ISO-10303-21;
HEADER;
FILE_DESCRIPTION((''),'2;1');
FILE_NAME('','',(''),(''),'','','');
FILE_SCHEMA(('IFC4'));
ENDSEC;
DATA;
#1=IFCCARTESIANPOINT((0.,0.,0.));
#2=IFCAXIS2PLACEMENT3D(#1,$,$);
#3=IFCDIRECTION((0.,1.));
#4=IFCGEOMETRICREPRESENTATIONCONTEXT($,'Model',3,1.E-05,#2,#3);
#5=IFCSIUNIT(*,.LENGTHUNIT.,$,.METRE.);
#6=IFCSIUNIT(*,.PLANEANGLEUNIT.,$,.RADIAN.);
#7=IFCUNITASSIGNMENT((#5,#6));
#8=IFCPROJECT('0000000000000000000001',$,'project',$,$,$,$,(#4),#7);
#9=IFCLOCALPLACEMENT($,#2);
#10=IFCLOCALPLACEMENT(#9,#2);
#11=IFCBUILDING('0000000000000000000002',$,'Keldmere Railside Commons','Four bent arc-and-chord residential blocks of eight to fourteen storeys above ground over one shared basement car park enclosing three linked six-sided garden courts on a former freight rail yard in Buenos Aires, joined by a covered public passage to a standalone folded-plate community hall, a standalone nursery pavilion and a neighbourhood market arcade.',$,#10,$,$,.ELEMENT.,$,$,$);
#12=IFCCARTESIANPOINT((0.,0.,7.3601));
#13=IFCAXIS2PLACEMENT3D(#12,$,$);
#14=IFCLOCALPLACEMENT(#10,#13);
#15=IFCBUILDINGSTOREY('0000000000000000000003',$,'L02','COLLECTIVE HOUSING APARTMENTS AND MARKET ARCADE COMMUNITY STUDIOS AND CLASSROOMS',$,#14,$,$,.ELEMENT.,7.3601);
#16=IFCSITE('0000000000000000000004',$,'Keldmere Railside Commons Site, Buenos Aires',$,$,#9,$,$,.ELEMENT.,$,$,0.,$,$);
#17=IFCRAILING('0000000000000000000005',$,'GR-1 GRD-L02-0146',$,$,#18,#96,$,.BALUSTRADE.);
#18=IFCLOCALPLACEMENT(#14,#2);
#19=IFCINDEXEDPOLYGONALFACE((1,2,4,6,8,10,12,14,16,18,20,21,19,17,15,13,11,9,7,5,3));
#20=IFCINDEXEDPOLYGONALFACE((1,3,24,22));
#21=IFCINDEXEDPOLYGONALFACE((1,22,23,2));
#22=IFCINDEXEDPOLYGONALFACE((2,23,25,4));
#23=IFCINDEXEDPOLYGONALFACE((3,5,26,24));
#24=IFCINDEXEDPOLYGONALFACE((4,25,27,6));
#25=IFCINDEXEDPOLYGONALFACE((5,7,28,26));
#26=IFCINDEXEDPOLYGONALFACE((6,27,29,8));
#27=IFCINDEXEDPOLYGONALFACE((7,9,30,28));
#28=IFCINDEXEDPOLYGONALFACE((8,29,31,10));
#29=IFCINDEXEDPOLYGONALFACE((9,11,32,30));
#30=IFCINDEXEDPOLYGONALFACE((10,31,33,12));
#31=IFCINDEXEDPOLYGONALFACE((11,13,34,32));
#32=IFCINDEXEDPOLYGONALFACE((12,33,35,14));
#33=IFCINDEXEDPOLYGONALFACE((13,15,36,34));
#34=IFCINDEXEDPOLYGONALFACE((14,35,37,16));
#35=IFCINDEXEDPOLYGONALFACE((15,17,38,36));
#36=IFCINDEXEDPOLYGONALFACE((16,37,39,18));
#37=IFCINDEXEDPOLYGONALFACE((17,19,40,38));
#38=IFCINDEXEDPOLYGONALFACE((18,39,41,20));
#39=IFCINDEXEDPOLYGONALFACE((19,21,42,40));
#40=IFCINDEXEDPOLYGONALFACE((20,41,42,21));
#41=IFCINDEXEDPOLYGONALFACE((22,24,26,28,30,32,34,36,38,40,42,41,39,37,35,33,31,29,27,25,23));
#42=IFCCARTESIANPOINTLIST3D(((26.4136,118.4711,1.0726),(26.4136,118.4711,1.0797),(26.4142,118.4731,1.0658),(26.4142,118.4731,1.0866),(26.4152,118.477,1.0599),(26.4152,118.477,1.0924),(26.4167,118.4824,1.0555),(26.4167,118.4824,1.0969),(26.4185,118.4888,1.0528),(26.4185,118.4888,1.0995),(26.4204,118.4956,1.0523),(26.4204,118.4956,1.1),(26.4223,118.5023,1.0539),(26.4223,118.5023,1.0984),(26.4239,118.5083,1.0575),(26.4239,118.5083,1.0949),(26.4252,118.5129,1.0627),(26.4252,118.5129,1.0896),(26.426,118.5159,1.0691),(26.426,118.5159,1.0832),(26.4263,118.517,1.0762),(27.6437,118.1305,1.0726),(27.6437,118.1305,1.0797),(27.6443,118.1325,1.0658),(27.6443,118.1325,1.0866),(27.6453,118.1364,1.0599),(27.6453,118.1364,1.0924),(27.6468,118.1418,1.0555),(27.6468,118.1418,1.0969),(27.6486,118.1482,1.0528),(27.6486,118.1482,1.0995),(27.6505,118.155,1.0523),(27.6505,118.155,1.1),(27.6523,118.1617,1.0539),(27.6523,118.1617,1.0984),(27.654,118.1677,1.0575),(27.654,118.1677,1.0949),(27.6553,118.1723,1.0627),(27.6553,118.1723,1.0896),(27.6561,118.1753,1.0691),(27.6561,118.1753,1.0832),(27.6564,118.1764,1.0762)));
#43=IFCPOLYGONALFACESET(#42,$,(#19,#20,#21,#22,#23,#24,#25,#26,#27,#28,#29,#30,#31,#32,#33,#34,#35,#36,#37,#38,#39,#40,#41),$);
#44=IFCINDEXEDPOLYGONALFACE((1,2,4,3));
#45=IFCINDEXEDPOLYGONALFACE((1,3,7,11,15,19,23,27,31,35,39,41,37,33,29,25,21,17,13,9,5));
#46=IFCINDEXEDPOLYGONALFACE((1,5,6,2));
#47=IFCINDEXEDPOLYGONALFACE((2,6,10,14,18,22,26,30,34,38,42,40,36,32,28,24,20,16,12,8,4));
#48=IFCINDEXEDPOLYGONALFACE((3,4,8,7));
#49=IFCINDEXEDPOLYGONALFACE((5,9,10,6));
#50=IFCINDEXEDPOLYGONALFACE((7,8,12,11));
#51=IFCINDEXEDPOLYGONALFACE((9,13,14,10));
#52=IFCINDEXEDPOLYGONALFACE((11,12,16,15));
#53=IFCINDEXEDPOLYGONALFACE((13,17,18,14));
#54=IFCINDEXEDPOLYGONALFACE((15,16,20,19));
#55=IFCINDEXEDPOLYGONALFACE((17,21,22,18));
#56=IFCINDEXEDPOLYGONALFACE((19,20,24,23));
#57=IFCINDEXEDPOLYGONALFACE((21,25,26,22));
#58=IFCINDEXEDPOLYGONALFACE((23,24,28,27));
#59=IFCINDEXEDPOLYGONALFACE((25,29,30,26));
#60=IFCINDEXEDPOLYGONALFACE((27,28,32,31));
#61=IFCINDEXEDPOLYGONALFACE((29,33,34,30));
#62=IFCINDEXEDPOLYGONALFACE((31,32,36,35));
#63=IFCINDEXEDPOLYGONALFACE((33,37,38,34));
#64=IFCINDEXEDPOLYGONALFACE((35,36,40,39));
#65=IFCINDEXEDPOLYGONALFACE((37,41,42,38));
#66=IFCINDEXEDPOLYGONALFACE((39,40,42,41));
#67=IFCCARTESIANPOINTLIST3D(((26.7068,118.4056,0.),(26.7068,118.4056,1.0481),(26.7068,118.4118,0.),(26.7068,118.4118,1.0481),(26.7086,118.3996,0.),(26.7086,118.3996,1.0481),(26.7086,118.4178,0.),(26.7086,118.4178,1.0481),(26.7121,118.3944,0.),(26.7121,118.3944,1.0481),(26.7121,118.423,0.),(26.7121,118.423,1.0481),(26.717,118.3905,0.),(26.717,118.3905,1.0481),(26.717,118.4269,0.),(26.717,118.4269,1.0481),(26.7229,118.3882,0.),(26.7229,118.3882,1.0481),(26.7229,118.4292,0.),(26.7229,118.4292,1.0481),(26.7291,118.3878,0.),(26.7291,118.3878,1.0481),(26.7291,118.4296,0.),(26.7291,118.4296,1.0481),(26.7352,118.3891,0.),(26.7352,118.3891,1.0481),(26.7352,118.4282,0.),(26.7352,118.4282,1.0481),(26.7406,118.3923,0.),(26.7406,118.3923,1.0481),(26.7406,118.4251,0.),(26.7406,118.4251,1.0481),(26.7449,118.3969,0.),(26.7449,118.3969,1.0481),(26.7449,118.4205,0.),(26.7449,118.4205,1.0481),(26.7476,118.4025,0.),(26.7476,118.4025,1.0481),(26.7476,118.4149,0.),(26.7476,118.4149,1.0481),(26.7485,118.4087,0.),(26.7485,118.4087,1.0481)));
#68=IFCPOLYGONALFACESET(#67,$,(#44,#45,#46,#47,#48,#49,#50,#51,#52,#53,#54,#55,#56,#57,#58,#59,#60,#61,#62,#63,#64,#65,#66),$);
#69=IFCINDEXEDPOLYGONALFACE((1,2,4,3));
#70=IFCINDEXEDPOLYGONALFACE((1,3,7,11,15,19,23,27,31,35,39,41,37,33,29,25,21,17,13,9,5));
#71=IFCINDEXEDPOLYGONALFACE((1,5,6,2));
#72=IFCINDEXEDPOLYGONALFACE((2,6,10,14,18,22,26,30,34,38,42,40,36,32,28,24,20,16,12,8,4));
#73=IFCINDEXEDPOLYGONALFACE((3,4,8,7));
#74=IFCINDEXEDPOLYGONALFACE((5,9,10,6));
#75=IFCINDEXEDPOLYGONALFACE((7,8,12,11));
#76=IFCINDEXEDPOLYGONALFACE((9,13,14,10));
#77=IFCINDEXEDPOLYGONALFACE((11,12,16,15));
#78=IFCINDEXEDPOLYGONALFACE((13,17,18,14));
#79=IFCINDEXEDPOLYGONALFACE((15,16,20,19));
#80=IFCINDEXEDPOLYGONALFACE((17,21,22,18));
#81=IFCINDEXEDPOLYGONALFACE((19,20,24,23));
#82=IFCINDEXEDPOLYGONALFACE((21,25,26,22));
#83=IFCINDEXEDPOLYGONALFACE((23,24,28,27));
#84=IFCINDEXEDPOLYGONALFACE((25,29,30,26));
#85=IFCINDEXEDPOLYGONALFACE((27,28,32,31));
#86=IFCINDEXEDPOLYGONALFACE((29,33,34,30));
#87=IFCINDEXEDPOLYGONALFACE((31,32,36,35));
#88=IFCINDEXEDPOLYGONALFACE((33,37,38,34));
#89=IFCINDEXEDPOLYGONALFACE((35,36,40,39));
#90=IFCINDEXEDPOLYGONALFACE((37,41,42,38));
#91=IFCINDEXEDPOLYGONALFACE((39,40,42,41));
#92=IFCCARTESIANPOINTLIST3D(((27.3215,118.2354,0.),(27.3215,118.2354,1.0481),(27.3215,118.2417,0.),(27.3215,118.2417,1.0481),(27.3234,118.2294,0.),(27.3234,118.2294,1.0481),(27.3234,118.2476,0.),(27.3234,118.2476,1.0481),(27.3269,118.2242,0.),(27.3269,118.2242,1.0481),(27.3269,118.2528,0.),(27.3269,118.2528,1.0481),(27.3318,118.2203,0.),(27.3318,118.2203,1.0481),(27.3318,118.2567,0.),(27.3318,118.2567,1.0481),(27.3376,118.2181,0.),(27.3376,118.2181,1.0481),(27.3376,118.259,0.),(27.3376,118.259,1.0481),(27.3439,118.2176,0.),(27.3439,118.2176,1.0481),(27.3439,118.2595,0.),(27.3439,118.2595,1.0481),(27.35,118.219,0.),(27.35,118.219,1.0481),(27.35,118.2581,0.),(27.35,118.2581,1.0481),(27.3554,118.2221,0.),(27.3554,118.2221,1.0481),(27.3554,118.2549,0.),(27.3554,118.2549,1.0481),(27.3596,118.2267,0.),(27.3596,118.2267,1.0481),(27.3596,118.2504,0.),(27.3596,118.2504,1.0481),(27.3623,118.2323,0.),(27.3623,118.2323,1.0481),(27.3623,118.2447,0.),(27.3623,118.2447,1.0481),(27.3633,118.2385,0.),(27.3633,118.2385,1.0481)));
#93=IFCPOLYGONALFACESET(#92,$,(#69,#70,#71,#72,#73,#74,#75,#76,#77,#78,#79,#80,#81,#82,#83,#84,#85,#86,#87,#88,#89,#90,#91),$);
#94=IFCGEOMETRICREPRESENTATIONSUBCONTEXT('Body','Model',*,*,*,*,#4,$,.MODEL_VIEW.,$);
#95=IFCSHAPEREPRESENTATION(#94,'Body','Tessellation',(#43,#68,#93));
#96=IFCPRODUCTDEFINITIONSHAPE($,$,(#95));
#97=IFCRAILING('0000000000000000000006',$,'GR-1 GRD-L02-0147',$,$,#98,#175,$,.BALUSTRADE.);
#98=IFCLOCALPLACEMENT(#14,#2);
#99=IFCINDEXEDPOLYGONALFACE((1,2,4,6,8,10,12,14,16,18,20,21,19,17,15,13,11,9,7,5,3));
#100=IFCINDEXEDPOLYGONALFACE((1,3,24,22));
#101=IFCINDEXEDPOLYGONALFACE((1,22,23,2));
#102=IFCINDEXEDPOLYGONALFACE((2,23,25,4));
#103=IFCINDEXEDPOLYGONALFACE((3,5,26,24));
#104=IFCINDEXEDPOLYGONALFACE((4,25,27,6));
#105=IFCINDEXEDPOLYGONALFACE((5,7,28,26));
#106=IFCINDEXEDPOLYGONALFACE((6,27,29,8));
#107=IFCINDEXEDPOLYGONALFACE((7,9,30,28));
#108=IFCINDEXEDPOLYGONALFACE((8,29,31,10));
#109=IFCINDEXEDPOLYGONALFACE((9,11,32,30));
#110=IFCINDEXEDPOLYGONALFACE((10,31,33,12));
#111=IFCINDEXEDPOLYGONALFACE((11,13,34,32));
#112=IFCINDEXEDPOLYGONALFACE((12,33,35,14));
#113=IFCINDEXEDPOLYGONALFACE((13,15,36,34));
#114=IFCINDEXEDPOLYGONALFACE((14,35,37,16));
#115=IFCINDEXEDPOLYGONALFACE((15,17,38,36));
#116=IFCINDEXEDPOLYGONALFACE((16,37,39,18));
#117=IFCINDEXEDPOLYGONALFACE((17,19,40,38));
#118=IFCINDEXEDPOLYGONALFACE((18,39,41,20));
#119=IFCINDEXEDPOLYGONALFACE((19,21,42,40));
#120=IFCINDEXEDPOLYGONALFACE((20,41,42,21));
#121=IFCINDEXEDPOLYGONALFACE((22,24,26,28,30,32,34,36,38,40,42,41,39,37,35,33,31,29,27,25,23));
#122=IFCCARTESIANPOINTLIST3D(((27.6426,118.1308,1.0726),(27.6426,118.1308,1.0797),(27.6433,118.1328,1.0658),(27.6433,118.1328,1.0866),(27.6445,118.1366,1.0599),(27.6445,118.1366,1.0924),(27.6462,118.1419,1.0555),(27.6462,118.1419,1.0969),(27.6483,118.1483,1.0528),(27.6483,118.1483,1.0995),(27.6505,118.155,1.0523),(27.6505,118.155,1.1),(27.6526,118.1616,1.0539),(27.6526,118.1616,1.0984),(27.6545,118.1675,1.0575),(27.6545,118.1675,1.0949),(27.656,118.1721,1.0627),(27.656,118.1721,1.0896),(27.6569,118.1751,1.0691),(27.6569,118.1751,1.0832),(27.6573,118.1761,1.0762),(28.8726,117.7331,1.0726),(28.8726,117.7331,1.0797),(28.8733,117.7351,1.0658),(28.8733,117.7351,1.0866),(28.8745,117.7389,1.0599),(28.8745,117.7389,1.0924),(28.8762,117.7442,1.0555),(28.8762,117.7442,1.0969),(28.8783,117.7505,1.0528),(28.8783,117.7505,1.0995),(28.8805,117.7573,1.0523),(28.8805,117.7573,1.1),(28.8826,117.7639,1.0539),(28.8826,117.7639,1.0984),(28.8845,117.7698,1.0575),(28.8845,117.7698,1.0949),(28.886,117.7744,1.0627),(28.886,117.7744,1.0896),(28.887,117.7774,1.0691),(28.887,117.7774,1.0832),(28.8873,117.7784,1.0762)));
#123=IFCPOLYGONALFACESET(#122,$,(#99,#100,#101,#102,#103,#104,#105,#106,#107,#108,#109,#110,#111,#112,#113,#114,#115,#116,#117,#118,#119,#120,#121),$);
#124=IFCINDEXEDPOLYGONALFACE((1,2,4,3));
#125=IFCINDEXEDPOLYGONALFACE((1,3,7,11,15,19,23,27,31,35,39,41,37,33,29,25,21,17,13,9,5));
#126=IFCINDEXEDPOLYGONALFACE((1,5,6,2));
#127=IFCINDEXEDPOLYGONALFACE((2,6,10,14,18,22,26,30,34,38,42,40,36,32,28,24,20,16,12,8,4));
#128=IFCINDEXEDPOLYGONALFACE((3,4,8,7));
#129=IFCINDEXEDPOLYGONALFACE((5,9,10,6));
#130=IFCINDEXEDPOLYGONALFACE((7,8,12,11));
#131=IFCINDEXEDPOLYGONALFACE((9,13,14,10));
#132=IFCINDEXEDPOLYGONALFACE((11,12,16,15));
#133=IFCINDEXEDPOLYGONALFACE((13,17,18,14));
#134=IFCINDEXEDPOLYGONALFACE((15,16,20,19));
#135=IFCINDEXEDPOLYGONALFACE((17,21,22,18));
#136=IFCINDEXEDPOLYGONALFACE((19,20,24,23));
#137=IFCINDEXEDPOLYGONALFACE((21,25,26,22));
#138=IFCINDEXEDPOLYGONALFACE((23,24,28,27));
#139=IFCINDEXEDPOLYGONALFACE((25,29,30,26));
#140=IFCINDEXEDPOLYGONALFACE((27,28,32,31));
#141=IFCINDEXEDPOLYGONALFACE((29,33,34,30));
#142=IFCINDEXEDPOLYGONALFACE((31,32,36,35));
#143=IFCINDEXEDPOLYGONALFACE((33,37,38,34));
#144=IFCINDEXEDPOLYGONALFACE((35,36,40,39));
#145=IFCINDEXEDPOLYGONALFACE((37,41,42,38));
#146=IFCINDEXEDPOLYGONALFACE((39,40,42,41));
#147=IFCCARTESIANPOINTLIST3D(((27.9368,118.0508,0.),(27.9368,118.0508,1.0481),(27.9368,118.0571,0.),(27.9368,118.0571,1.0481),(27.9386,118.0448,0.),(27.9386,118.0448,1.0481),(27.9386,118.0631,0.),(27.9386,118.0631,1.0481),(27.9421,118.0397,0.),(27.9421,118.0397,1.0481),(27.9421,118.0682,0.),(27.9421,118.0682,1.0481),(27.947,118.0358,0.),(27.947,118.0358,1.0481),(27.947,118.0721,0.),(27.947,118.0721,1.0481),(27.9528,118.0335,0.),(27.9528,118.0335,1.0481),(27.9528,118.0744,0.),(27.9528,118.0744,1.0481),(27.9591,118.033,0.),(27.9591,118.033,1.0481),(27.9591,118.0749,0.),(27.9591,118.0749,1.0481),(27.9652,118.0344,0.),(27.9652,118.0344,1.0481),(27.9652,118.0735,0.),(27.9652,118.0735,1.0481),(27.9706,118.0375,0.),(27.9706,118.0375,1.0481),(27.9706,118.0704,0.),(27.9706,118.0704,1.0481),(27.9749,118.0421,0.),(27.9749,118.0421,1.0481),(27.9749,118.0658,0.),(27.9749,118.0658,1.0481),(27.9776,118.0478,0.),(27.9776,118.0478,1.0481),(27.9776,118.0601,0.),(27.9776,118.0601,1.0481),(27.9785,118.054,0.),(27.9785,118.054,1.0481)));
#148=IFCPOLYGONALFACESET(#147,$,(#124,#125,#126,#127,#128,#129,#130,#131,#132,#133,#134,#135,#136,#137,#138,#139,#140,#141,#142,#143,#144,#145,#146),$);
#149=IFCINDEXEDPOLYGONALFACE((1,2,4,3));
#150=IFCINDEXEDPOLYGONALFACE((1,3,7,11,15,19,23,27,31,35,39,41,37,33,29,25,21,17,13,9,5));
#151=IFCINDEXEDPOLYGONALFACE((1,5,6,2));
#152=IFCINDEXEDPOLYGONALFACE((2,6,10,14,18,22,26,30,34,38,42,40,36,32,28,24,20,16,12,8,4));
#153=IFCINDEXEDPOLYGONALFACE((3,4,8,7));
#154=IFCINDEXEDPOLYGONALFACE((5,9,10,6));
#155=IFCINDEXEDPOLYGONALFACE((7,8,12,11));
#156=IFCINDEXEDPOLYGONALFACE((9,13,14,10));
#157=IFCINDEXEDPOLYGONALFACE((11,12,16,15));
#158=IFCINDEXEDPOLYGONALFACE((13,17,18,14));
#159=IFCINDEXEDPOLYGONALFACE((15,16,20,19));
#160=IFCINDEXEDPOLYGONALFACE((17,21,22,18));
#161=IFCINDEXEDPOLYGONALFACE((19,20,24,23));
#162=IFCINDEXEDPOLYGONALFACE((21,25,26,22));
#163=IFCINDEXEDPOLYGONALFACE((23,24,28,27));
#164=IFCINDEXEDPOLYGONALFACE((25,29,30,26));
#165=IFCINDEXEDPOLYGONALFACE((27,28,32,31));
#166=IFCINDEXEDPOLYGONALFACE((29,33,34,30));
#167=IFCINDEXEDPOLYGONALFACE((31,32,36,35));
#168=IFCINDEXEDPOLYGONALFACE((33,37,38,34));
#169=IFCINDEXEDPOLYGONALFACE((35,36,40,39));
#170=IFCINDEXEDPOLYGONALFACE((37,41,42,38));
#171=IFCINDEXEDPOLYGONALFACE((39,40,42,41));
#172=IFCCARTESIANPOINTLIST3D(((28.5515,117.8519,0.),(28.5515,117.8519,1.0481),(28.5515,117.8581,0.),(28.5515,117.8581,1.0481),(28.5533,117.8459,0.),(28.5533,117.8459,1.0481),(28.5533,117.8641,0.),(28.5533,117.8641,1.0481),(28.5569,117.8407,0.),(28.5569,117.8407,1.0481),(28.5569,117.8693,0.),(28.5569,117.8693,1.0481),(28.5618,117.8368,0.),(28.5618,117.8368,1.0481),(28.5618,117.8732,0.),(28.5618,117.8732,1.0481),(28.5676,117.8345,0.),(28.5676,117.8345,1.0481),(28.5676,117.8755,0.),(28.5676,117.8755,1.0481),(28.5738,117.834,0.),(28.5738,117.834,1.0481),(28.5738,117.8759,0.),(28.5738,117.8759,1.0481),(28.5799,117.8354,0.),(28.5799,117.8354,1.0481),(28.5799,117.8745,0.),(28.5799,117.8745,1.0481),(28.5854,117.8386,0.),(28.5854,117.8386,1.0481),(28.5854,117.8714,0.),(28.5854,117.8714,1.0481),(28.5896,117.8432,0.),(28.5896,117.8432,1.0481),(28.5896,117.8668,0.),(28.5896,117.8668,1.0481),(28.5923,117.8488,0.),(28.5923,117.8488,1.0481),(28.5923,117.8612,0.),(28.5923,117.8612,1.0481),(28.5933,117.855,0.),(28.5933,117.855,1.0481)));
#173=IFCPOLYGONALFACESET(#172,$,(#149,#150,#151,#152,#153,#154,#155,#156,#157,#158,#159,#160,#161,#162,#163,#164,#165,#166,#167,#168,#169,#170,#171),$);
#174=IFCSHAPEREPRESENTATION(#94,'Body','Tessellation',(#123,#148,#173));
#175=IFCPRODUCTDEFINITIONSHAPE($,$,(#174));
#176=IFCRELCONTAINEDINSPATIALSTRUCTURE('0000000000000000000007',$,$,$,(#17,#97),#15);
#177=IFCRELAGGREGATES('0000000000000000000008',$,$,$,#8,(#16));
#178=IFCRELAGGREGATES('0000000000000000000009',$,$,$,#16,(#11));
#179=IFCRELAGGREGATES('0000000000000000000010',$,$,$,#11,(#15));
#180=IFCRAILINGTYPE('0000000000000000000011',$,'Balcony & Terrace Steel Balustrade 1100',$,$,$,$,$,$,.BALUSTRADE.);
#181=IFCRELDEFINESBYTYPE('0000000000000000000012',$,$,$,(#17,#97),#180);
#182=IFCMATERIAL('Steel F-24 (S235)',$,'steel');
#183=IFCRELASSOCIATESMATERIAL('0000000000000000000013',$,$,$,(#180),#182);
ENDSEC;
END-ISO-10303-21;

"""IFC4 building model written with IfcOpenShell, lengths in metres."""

from ifc_helpers import new_model, si_unit, direction, frame, origin, origin_2d, place, context, subcontext, project, spatial, circle, extrude, material, type_object, element, save


model = new_model("IFC4")

# Units and contexts
model_context = context("Model", 3, precision=1e-05, world=origin(), true_north=direction((0.0, 1.0)))
body_context = subcontext(model_context, "Body", "Model", "MODEL_VIEW")
ifc_project = project(units=[si_unit("LENGTHUNIT", "METRE"), si_unit("PLANEANGLEUNIT", "RADIAN")], contexts=[model_context])

# Site, building, storey
site_placement = place(None, origin())
site = spatial("IfcSite", under=ifc_project, at=site_placement, Name="Keldmere Railside Commons Site, Buenos Aires", CompositionType="ELEMENT", RefElevation=0.0)
building_placement = place(site_placement, origin())
building = spatial("IfcBuilding", under=site, at=building_placement, Name="Keldmere Railside Commons", Description="Four bent arc-and-chord residential blocks of eight to fourteen storeys above ground over one shared basement car park enclosing three linked six-sided garden courts on a former freight rail yard in Buenos Aires, joined by a covered public passage to a standalone folded-plate community hall, a standalone nursery pavilion and a neighbourhood market arcade.", CompositionType="ELEMENT")
storey_placement = place(building_placement, frame((0.0, 0.0, 7.3601)))
storey = spatial("IfcBuildingStorey", under=building, at=storey_placement, Name="L02", Description="COLLECTIVE HOUSING APARTMENTS AND MARKET ARCADE COMMUNITY STUDIOS AND CLASSROOMS", CompositionType="ELEMENT", Elevation=7.3601)

# Railings
ifc_material_1 = material(Name="Steel F-24 (S235)", Category="steel")
railing_type = type_object("IfcRailingType", Name="Balcony & Terrace Steel Balustrade 1100", PredefinedType="BALUSTRADE", material=ifc_material_1)
railing_1_placement = place(storey_placement, frame((26.4199, 118.4939, 0.0)))
element("IfcRailing", 1, at=railing_1_placement, inside=storey, type_object=railing_type, Name="GR-1 GRD-L02-0146", PredefinedType="BALUSTRADE", context=body_context, shape_type="SweptSolid", body=[
    extrude(circle(Radius=0.0239, at=origin_2d()), frame((0.0, 0.0, 1.0762), z_axis=(0.963737, -0.266854, 0.0), x_axis=(0.266854, 0.963737, 0.0)), (0.0, 0.0, 1.0), 1.2764),
    extrude(circle(Radius=0.021, at=origin_2d()), frame((0.3076, -0.0852, 0.0)), (0.0, 0.0, 1.0), 1.0481),
    extrude(circle(Radius=0.021, at=origin_2d()), frame((0.9224, -0.2554, 0.0)), (0.0, 0.0, 1.0), 1.0481),
])
railing_2_placement = place(storey_placement, frame((27.6499, 118.1533, 0.0)))
element("IfcRailing", 2, at=railing_2_placement, inside=storey, type_object=railing_type, Name="GR-1 GRD-L02-0147", PredefinedType="BALUSTRADE", context=body_context, shape_type="SweptSolid", body=[
    extrude(circle(Radius=0.0239, at=origin_2d()), frame((0.0, 0.0, 1.0762), z_axis=(0.951497, -0.307659, 0.0), x_axis=(0.307659, 0.951497, 0.0)), (0.0, 0.0, 1.0), 1.2927),
    extrude(circle(Radius=0.021, at=origin_2d()), frame((0.3076, -0.0994, 0.0)), (0.0, 0.0, 1.0), 1.0481),
    extrude(circle(Radius=0.021, at=origin_2d()), frame((0.9224, -0.2983, 0.0)), (0.0, 0.0, 1.0), 1.0481),
])

save(model, "model.ifc")
